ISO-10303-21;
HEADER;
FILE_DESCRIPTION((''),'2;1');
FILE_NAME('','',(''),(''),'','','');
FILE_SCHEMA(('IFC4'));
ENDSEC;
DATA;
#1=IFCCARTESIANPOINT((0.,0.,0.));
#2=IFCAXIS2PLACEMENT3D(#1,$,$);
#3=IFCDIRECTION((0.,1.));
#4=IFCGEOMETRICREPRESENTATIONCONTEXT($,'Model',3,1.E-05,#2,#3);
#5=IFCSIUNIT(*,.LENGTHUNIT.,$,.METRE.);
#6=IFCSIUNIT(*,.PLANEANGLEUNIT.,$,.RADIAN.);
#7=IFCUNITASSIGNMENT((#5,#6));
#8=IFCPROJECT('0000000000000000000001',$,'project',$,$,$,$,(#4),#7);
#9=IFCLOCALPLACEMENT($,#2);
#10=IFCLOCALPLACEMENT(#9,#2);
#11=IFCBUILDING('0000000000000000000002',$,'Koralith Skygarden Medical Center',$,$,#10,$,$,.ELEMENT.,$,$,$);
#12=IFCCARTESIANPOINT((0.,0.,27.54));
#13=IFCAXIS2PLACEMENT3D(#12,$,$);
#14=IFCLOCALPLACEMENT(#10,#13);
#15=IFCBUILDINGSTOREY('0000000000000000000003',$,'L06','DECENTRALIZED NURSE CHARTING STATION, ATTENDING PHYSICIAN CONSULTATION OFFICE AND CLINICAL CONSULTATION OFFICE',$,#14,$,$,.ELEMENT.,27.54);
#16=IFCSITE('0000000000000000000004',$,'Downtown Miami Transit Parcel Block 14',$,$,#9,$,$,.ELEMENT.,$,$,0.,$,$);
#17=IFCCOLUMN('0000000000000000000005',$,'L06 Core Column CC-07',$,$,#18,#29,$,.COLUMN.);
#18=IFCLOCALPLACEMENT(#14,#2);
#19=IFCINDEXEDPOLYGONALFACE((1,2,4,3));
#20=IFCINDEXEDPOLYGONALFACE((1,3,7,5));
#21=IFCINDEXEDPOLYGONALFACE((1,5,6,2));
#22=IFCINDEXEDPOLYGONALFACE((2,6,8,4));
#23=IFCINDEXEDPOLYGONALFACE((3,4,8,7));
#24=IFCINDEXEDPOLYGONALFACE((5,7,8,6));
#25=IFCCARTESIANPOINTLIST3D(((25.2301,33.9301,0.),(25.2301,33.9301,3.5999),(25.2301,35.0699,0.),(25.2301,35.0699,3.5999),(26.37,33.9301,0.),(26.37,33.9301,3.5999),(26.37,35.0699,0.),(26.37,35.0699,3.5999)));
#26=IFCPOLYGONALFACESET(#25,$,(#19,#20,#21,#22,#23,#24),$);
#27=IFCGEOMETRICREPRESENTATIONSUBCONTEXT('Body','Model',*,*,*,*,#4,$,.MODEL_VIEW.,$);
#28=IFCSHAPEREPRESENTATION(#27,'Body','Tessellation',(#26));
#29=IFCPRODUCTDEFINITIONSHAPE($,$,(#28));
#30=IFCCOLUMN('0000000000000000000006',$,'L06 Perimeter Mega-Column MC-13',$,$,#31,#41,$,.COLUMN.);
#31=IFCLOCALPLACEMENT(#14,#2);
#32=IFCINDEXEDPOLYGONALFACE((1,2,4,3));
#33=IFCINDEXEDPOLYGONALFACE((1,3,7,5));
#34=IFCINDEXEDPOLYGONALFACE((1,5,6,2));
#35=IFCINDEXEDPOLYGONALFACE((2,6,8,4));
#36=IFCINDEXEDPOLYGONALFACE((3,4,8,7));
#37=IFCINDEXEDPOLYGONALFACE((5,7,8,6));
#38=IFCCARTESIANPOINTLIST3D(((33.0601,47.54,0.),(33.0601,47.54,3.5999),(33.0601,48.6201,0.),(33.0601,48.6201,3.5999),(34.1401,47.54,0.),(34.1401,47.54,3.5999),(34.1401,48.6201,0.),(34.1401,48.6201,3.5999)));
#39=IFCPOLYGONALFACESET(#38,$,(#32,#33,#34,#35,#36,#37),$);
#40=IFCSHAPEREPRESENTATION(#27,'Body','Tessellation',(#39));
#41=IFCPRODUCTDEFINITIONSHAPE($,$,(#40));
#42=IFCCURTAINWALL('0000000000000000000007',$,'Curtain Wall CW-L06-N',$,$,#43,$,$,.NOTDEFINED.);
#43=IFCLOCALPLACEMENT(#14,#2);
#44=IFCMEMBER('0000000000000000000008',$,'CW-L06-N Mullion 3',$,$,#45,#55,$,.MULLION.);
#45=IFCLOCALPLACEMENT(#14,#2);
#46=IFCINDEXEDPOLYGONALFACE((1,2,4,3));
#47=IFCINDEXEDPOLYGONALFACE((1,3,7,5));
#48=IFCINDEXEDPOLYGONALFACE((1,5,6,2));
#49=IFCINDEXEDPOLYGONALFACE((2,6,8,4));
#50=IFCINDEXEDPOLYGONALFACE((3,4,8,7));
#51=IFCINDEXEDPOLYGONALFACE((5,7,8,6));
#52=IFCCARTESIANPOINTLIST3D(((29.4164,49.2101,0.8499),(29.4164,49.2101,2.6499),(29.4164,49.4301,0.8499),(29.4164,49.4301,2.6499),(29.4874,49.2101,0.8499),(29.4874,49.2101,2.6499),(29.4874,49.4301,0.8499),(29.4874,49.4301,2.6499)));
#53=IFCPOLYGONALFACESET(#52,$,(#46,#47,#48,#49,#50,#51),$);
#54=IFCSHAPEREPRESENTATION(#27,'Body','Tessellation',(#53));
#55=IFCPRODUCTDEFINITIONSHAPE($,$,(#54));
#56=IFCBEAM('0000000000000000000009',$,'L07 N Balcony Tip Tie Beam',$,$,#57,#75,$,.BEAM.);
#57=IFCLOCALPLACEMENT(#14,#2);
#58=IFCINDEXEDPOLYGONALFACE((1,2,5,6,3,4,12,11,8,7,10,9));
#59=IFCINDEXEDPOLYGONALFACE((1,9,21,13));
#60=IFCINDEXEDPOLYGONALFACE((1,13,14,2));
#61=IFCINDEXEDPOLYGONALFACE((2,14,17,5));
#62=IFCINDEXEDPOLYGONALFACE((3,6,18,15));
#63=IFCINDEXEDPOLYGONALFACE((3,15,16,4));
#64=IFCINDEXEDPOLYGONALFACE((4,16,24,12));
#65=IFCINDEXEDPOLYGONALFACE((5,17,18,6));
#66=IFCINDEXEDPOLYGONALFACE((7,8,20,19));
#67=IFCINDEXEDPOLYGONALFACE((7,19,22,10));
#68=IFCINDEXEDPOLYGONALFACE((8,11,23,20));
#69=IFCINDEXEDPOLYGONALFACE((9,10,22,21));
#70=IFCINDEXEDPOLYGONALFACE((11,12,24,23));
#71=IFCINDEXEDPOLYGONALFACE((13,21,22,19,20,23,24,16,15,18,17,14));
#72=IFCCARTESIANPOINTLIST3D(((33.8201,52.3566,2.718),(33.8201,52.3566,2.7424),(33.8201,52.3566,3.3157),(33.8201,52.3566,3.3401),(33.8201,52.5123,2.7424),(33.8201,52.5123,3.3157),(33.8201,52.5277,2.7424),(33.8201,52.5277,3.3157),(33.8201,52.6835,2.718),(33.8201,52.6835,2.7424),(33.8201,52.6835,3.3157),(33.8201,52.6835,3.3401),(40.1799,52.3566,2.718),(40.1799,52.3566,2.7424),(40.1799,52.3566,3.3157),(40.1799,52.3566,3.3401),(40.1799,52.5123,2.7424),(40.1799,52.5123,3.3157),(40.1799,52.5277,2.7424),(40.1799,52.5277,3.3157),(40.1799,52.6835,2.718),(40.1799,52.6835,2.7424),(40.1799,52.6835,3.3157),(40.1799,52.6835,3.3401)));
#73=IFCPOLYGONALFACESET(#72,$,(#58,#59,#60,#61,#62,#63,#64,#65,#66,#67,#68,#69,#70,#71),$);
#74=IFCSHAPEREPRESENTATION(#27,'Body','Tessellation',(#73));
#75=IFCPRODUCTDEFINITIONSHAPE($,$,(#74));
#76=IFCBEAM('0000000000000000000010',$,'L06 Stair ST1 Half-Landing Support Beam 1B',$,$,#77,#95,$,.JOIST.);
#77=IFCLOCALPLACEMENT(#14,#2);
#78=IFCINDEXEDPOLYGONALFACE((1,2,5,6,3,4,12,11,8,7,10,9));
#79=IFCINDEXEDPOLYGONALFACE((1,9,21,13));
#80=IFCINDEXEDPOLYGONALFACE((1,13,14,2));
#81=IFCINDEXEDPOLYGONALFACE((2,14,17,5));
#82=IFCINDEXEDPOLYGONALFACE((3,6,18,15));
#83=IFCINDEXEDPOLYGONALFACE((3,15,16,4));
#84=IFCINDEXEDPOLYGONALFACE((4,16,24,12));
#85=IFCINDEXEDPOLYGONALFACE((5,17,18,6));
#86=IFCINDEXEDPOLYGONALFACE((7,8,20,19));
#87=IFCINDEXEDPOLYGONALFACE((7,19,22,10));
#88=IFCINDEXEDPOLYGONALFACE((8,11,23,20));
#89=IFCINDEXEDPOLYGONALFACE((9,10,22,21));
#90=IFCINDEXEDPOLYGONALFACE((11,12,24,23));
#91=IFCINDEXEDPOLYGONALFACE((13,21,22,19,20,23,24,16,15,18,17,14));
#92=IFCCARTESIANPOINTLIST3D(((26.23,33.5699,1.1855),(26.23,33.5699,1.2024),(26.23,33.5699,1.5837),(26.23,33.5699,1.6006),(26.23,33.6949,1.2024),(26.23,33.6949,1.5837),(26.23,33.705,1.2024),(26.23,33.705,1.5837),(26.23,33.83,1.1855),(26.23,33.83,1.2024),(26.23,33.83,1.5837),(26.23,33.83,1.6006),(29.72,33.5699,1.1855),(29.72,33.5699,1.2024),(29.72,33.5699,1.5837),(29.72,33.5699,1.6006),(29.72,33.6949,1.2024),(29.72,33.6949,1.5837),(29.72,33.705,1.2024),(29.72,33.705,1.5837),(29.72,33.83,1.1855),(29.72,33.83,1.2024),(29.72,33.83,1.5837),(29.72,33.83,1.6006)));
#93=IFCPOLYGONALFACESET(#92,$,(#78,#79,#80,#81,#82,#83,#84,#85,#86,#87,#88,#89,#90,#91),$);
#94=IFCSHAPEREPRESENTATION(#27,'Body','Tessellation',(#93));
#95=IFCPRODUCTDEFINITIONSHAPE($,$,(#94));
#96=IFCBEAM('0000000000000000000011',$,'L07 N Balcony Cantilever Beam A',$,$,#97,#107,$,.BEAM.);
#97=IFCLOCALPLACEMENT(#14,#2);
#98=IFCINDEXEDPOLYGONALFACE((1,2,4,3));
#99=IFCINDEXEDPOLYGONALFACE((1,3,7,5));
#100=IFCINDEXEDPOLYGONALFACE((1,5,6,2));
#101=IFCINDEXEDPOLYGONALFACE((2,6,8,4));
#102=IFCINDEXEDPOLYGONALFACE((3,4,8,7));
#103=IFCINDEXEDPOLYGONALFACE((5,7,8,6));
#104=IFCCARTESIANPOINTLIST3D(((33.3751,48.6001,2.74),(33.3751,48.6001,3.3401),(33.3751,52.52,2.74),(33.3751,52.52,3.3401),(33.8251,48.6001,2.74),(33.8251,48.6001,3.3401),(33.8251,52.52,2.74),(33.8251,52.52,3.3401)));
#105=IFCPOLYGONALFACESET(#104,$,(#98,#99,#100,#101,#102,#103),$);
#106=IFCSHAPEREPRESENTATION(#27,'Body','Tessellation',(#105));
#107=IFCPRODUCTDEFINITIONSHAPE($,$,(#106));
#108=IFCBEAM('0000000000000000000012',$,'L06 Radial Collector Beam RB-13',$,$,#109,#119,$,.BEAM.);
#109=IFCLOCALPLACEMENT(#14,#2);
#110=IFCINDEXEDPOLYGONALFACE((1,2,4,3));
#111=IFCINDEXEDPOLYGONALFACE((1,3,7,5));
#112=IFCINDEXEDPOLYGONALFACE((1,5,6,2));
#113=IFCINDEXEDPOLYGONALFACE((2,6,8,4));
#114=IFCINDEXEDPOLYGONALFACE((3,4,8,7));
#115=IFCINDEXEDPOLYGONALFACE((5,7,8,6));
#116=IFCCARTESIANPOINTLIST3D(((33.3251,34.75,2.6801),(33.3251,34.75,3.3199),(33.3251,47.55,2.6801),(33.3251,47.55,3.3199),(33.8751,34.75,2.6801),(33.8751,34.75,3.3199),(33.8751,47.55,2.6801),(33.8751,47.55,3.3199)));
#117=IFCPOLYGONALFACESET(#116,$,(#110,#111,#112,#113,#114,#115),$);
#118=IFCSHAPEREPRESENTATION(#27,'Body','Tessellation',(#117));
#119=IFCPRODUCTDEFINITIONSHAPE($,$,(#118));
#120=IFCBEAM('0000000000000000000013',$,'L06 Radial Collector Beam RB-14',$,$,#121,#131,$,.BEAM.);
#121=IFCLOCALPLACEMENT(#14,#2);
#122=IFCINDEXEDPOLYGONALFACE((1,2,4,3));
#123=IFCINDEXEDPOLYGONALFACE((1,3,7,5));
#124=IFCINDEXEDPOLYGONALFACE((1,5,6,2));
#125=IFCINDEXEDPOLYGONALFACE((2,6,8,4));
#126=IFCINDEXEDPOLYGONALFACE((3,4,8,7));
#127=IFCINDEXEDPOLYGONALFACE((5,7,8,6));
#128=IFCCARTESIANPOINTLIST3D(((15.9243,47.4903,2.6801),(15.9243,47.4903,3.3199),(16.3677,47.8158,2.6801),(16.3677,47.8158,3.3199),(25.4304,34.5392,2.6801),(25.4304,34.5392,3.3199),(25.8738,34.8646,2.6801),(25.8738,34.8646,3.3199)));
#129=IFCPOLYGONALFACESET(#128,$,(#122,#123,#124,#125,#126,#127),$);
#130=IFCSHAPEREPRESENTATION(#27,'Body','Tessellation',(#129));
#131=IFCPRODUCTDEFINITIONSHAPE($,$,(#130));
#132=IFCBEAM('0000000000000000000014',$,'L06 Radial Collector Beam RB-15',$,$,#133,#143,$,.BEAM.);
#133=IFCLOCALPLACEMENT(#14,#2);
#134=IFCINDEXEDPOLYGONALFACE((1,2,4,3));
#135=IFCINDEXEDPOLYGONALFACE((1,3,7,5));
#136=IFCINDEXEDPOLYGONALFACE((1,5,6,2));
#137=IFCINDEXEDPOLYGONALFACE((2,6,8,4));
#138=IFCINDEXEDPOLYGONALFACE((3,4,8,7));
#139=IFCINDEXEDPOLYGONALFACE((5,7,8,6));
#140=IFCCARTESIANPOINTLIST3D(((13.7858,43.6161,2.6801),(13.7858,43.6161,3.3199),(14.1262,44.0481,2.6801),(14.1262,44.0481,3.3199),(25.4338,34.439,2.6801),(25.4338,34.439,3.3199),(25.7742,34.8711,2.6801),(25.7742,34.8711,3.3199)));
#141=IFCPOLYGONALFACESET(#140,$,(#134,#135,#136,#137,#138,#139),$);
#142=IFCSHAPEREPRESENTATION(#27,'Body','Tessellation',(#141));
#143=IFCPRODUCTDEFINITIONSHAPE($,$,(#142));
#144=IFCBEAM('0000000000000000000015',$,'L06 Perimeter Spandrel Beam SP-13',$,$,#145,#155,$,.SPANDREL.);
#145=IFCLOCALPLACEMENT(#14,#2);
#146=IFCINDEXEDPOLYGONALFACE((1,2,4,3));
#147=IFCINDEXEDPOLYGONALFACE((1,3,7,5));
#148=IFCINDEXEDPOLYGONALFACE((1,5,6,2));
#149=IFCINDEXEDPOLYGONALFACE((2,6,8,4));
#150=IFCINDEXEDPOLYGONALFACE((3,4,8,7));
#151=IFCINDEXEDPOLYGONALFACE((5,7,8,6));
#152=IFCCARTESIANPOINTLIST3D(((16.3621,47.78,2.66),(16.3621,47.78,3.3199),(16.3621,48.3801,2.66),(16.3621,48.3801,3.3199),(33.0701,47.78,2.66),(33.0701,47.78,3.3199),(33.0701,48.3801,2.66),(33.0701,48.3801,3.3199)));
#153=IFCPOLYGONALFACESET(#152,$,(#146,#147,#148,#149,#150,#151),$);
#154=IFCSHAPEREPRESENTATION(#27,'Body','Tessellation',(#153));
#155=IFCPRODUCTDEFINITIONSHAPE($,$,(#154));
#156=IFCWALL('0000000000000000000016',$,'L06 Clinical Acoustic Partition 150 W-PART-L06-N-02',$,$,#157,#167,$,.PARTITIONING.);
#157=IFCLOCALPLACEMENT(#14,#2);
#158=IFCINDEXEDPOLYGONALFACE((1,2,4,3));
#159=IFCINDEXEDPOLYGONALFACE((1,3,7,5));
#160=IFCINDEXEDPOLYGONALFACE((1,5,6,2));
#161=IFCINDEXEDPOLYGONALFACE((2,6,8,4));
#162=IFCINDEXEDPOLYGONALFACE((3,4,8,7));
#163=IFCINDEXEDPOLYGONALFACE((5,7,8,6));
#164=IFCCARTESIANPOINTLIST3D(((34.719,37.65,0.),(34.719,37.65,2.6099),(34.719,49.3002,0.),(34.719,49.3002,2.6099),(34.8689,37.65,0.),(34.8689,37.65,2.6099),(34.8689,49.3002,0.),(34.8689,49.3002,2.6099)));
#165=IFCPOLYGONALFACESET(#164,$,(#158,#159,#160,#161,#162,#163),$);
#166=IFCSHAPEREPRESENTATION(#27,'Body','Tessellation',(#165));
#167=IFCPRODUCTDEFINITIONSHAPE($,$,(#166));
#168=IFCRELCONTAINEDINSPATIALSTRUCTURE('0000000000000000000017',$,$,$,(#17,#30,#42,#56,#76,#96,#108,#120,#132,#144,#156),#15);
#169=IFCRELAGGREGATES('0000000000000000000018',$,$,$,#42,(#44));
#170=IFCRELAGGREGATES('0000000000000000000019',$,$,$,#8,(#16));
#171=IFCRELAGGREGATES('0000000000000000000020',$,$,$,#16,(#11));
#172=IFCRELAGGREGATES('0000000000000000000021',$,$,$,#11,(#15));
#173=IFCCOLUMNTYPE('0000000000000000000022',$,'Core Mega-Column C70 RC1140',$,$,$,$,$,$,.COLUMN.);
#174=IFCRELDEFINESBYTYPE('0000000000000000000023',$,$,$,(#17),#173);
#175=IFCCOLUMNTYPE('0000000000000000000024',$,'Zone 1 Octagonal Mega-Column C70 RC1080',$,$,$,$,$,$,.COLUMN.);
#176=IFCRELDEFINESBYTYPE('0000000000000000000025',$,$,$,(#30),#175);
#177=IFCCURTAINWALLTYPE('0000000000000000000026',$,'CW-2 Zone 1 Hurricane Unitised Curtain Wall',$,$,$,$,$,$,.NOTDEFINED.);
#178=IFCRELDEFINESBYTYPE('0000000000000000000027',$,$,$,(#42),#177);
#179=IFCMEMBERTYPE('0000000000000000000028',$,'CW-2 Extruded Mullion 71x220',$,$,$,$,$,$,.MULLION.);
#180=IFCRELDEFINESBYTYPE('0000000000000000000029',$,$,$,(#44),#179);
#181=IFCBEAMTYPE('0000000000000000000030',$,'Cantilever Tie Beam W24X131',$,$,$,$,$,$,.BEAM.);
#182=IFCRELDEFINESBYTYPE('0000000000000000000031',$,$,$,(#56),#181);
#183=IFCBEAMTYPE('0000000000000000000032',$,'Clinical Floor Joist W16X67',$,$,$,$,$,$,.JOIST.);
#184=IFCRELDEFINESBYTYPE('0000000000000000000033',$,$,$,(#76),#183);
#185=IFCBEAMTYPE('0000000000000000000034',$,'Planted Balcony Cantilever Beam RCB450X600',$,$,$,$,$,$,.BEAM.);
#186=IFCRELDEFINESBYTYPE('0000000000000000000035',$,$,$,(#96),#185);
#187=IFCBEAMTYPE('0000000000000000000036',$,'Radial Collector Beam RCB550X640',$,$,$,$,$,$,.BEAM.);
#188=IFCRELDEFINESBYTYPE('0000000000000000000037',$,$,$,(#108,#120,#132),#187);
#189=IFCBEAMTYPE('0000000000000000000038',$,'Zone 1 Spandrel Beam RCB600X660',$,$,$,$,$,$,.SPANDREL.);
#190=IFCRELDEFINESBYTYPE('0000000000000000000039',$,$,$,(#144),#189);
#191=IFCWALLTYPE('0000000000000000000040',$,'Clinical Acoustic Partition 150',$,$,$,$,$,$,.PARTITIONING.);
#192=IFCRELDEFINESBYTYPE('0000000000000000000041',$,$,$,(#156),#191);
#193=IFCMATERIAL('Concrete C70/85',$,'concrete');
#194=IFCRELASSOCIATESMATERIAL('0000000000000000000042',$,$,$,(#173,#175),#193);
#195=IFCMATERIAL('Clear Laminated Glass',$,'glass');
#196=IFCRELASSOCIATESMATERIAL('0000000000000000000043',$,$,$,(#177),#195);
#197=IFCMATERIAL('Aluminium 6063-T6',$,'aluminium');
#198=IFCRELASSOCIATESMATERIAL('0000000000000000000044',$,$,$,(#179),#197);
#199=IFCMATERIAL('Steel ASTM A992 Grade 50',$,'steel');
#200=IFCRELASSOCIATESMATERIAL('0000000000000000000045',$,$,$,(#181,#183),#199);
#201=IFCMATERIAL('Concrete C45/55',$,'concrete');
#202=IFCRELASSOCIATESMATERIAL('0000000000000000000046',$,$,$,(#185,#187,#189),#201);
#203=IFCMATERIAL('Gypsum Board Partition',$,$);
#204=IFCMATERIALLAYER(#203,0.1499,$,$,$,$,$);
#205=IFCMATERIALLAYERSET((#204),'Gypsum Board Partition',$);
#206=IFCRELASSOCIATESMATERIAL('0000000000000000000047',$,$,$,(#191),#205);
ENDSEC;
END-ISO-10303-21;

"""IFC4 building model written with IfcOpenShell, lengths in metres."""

from ifc_helpers import new_model, si_unit, direction, frame, frame_2d, origin, origin_2d, place, context, subcontext, project, spatial, rectangle, i_section, extrude, material, layer, layer_set, material_profile, profile_set, type_object, element, aggregate, save


model = new_model("IFC4")

# Units and contexts
model_context = context("Model", 3, precision=1e-05, world=origin(), true_north=direction((0.0, 1.0)))
body_context = subcontext(model_context, "Body", "Model", "MODEL_VIEW")
ifc_project = project(units=[si_unit("LENGTHUNIT", "METRE"), si_unit("PLANEANGLEUNIT", "RADIAN")], contexts=[model_context])

# Site, building, storey
site_placement = place(None, origin())
site = spatial("IfcSite", under=ifc_project, at=site_placement, Name="Downtown Miami Transit Parcel Block 14", CompositionType="ELEMENT", RefElevation=0.0)
building_placement = place(site_placement, origin())
building = spatial("IfcBuilding", under=site, at=building_placement, Name="Koralith Skygarden Medical Center", CompositionType="ELEMENT")
storey_placement = place(building_placement, frame((0.0, 0.0, 27.54)))
storey = spatial("IfcBuildingStorey", under=building, at=storey_placement, Name="L06", Description="DECENTRALIZED NURSE CHARTING STATION, ATTENDING PHYSICIAN CONSULTATION OFFICE AND CLINICAL CONSULTATION OFFICE", CompositionType="ELEMENT", Elevation=27.54)

# Columns
ifc_material_1 = material(Name="Concrete C70/85", Category="concrete")
ifc_material_profile_1 = material_profile(ifc_material_1, rectangle(XDim=1.1399, YDim=1.1399, at=origin_2d()), Name="RC1140X1140")
ifc_profile_set_1 = profile_set([ifc_material_profile_1], Name="Concrete C70/85")
column_type_1 = type_object("IfcColumnType", Name="Core Mega-Column C70 RC1140", PredefinedType="COLUMN", material=ifc_profile_set_1)
column_1_placement = place(storey_placement, frame((25.8, 34.5, 0.0), z_axis=(0.0, 0.0, 1.0), x_axis=(1.0, 0.0, 0.0)))
element("IfcColumn", 1, at=column_1_placement, inside=storey, type_object=column_type_1, Name="L06 Core Column CC-07", PredefinedType="COLUMN", context=body_context, shape_type="SweptSolid", body=[
    extrude(rectangle(XDim=1.1399, YDim=1.1399, at=origin_2d()), origin(), (0.0, 0.0, 1.0), 3.5999),
])
ifc_material_profile_2 = material_profile(ifc_material_1, rectangle(XDim=1.0801, YDim=1.0801, at=origin_2d()), Name="RC1080X1080")
ifc_profile_set_2 = profile_set([ifc_material_profile_2], Name="Concrete C70/85")
column_type_2 = type_object("IfcColumnType", Name="Zone 1 Octagonal Mega-Column C70 RC1080", PredefinedType="COLUMN", material=ifc_profile_set_2)
column_2_placement = place(storey_placement, frame((33.6001, 48.0801, 0.0), z_axis=(0.0, 0.0, 1.0), x_axis=(1.0, 0.0, 0.0)))
element("IfcColumn", 2, at=column_2_placement, inside=storey, type_object=column_type_2, Name="L06 Perimeter Mega-Column MC-13", PredefinedType="COLUMN", context=body_context, shape_type="SweptSolid", body=[
    extrude(rectangle(XDim=1.0801, YDim=1.0801, at=origin_2d()), origin(), (0.0, 0.0, 1.0), 3.5999),
])

# Curtain wall, member
ifc_material_2 = material(Name="Clear Laminated Glass", Category="glass")
curtain_wall_type = type_object("IfcCurtainWallType", Name="CW-2 Zone 1 Hurricane Unitised Curtain Wall", PredefinedType="NOTDEFINED", material=ifc_material_2)
curtain_wall_placement = place(storey_placement, origin())
curtain_wall = element("IfcCurtainWall", 3, at=curtain_wall_placement, inside=storey, type_object=curtain_wall_type, Name="Curtain Wall CW-L06-N", PredefinedType="NOTDEFINED")
ifc_material_3 = material(Name="Aluminium 6063-T6", Category="aluminium")
ifc_material_profile_3 = material_profile(ifc_material_3, rectangle(XDim=0.071, YDim=0.22, at=origin_2d()), Name="MUL71X220")
ifc_profile_set_3 = profile_set([ifc_material_profile_3], Name="Aluminium 6063-T6")
member_type = type_object("IfcMemberType", Name="CW-2 Extruded Mullion 71x220", PredefinedType="MULLION", material=ifc_profile_set_3)
member_placement = place(storey_placement, frame((29.4519, 49.3201, 0.8499), z_axis=(0.0, 0.0, 1.0), x_axis=(1.0, 0.0, 0.0)))
member = element("IfcMember", 4, at=member_placement, type_object=member_type, Name="CW-L06-N Mullion 3", PredefinedType="MULLION", context=body_context, shape_type="SweptSolid", body=[
    extrude(rectangle(XDim=0.071, YDim=0.22, at=origin_2d()), origin(), (0.0, 0.0, 1.0), 1.8),
])
aggregate(curtain_wall, [member])

# Beams
ifc_material_4 = material(Name="Steel ASTM A992 Grade 50", Category="steel")
ifc_material_profile_4 = material_profile(ifc_material_4, i_section(OverallWidth=0.3269, OverallDepth=0.6221, WebThickness=0.0154, FlangeThickness=0.0244, at=origin_2d()), Name="W24X131")
ifc_profile_set_4 = profile_set([ifc_material_profile_4], Name="Steel ASTM A992 Grade 50")
beam_type_1 = type_object("IfcBeamType", Name="Cantilever Tie Beam W24X131", PredefinedType="BEAM", material=ifc_profile_set_4)
beam_1_placement = place(storey_placement, frame((33.8201, 52.52, 3.0291), z_axis=(1.0, 0.0, 0.0), x_axis=(0.0, 1.0, 0.0)))
element("IfcBeam", 5, at=beam_1_placement, inside=storey, type_object=beam_type_1, Name="L07 N Balcony Tip Tie Beam", PredefinedType="BEAM", context=body_context, shape_type="SweptSolid", body=[
    extrude(i_section(OverallWidth=0.3269, OverallDepth=0.6221, WebThickness=0.0154, FlangeThickness=0.0244, at=origin_2d()), origin(), (0.0, 0.0, 1.0), 6.3599),
])
ifc_material_profile_5 = material_profile(ifc_material_4, i_section(OverallWidth=0.26, OverallDepth=0.415, WebThickness=0.01, FlangeThickness=0.0168, at=origin_2d()), Name="W16X67")
ifc_profile_set_5 = profile_set([ifc_material_profile_5], Name="Steel ASTM A992 Grade 50")
beam_type_2 = type_object("IfcBeamType", Name="Clinical Floor Joist W16X67", PredefinedType="JOIST", material=ifc_profile_set_5)
beam_2_placement = place(storey_placement, frame((26.23, 33.7, 1.3931), z_axis=(1.0, 0.0, 0.0), x_axis=(0.0, 1.0, 0.0)))
element("IfcBeam", 6, at=beam_2_placement, inside=storey, type_object=beam_type_2, Name="L06 Stair ST1 Half-Landing Support Beam 1B", PredefinedType="JOIST", context=body_context, shape_type="SweptSolid", body=[
    extrude(i_section(OverallWidth=0.26, OverallDepth=0.415, WebThickness=0.01, FlangeThickness=0.0168, at=origin_2d()), origin(), (0.0, 0.0, 1.0), 3.49),
])
ifc_material_5 = material(Name="Concrete C45/55", Category="concrete")
ifc_material_profile_6 = material_profile(ifc_material_5, rectangle(XDim=0.45, YDim=0.6001, at=origin_2d()), Name="RCB450X600")
ifc_profile_set_6 = profile_set([ifc_material_profile_6], Name="Concrete C45/55")
beam_type_3 = type_object("IfcBeamType", Name="Planted Balcony Cantilever Beam RCB450X600", PredefinedType="BEAM", material=ifc_profile_set_6)
beam_3_placement = place(storey_placement, frame((33.6001, 48.6001, 3.04), z_axis=(0.0, 1.0, 0.0), x_axis=(-1.0, 0.0, 0.0)))
element("IfcBeam", 7, at=beam_3_placement, inside=storey, type_object=beam_type_3, Name="L07 N Balcony Cantilever Beam A", PredefinedType="BEAM", context=body_context, shape_type="SweptSolid", body=[
    extrude(rectangle(XDim=0.45, YDim=0.6001, at=origin_2d()), origin(), (0.0, 0.0, 1.0), 3.9199),
])
ifc_material_profile_7 = material_profile(ifc_material_5, rectangle(XDim=0.55, YDim=0.6399, at=origin_2d()), Name="RCB550X640")
ifc_profile_set_7 = profile_set([ifc_material_profile_7], Name="Concrete C45/55")
beam_type_4 = type_object("IfcBeamType", Name="Radial Collector Beam RCB550X640", PredefinedType="BEAM", material=ifc_profile_set_7)
beam_4_placement = place(storey_placement, frame((33.6001, 34.75, 3.0), z_axis=(0.0, 1.0, 0.0), x_axis=(-1.0, 0.0, 0.0)))
element("IfcBeam", 8, at=beam_4_placement, inside=storey, type_object=beam_type_4, Name="L06 Radial Collector Beam RB-13", PredefinedType="BEAM", context=body_context, shape_type="SweptSolid", body=[
    extrude(rectangle(XDim=0.55, YDim=0.6399, at=origin_2d()), origin(), (0.0, 0.0, 1.0), 12.8),
])
beam_5_placement = place(storey_placement, frame((25.6521, 34.7019, 3.0), z_axis=(-0.591711, 0.80615, 0.0), x_axis=(-0.80615, -0.591711, 0.0)))
element("IfcBeam", 9, at=beam_5_placement, inside=storey, type_object=beam_type_4, Name="L06 Radial Collector Beam RB-14", PredefinedType="BEAM", context=body_context, shape_type="SweptSolid", body=[
    extrude(rectangle(XDim=0.55, YDim=0.6399, at=origin_2d()), origin(), (0.0, 0.0, 1.0), 16.0654),
])
beam_6_placement = place(storey_placement, frame((25.604, 34.655, 3.0), z_axis=(-0.785497, 0.618865, 0.0), x_axis=(-0.618865, -0.785497, 0.0)))
element("IfcBeam", 10, at=beam_6_placement, inside=storey, type_object=beam_type_4, Name="L06 Radial Collector Beam RB-15", PredefinedType="BEAM", context=body_context, shape_type="SweptSolid", body=[
    extrude(rectangle(XDim=0.55, YDim=0.6399, at=origin_2d()), origin(), (0.0, 0.0, 1.0), 14.8289),
])
ifc_material_profile_8 = material_profile(ifc_material_5, rectangle(XDim=0.6001, YDim=0.6599, at=origin_2d()), Name="RCB600X660")
ifc_profile_set_8 = profile_set([ifc_material_profile_8], Name="Concrete C45/55")
beam_type_5 = type_object("IfcBeamType", Name="Zone 1 Spandrel Beam RCB600X660", PredefinedType="SPANDREL", material=ifc_profile_set_8)
beam_7_placement = place(storey_placement, frame((33.0701, 48.0801, 2.99), z_axis=(-1.0, 0.0, 0.0), x_axis=(0.0, -1.0, 0.0)))
element("IfcBeam", 11, at=beam_7_placement, inside=storey, type_object=beam_type_5, Name="L06 Perimeter Spandrel Beam SP-13", PredefinedType="SPANDREL", context=body_context, shape_type="SweptSolid", body=[
    extrude(rectangle(XDim=0.6001, YDim=0.6599, at=origin_2d()), origin(), (0.0, 0.0, 1.0), 16.708),
])

# Wall
ifc_material_6 = material(Name="Gypsum Board Partition")
ifc_layer_1 = layer(ifc_material_6, 0.1499)
ifc_layer_set_1 = layer_set([ifc_layer_1], Name="Gypsum Board Partition")
wall_type_1 = type_object("IfcWallType", Name="Clinical Acoustic Partition 150", PredefinedType="PARTITIONING", material=ifc_layer_set_1)
wall_1_placement = place(storey_placement, frame((34.7939, 37.6499, 0.0), z_axis=(0.0, 0.0, 1.0), x_axis=(0.0, 1.0, 0.0)))
element("IfcWall", 12, at=wall_1_placement, inside=storey, type_object=wall_type_1, Name="L06 Clinical Acoustic Partition 150 W-PART-L06-N-02", PredefinedType="PARTITIONING", context=body_context, shape_type="SweptSolid", body=[
    extrude(rectangle(XDim=11.6501, YDim=0.1499, at=frame_2d((5.8252, 0.0))), origin(), (0.0, 0.0, 1.0), 2.6099),
])

save(model, "model.ifc")
